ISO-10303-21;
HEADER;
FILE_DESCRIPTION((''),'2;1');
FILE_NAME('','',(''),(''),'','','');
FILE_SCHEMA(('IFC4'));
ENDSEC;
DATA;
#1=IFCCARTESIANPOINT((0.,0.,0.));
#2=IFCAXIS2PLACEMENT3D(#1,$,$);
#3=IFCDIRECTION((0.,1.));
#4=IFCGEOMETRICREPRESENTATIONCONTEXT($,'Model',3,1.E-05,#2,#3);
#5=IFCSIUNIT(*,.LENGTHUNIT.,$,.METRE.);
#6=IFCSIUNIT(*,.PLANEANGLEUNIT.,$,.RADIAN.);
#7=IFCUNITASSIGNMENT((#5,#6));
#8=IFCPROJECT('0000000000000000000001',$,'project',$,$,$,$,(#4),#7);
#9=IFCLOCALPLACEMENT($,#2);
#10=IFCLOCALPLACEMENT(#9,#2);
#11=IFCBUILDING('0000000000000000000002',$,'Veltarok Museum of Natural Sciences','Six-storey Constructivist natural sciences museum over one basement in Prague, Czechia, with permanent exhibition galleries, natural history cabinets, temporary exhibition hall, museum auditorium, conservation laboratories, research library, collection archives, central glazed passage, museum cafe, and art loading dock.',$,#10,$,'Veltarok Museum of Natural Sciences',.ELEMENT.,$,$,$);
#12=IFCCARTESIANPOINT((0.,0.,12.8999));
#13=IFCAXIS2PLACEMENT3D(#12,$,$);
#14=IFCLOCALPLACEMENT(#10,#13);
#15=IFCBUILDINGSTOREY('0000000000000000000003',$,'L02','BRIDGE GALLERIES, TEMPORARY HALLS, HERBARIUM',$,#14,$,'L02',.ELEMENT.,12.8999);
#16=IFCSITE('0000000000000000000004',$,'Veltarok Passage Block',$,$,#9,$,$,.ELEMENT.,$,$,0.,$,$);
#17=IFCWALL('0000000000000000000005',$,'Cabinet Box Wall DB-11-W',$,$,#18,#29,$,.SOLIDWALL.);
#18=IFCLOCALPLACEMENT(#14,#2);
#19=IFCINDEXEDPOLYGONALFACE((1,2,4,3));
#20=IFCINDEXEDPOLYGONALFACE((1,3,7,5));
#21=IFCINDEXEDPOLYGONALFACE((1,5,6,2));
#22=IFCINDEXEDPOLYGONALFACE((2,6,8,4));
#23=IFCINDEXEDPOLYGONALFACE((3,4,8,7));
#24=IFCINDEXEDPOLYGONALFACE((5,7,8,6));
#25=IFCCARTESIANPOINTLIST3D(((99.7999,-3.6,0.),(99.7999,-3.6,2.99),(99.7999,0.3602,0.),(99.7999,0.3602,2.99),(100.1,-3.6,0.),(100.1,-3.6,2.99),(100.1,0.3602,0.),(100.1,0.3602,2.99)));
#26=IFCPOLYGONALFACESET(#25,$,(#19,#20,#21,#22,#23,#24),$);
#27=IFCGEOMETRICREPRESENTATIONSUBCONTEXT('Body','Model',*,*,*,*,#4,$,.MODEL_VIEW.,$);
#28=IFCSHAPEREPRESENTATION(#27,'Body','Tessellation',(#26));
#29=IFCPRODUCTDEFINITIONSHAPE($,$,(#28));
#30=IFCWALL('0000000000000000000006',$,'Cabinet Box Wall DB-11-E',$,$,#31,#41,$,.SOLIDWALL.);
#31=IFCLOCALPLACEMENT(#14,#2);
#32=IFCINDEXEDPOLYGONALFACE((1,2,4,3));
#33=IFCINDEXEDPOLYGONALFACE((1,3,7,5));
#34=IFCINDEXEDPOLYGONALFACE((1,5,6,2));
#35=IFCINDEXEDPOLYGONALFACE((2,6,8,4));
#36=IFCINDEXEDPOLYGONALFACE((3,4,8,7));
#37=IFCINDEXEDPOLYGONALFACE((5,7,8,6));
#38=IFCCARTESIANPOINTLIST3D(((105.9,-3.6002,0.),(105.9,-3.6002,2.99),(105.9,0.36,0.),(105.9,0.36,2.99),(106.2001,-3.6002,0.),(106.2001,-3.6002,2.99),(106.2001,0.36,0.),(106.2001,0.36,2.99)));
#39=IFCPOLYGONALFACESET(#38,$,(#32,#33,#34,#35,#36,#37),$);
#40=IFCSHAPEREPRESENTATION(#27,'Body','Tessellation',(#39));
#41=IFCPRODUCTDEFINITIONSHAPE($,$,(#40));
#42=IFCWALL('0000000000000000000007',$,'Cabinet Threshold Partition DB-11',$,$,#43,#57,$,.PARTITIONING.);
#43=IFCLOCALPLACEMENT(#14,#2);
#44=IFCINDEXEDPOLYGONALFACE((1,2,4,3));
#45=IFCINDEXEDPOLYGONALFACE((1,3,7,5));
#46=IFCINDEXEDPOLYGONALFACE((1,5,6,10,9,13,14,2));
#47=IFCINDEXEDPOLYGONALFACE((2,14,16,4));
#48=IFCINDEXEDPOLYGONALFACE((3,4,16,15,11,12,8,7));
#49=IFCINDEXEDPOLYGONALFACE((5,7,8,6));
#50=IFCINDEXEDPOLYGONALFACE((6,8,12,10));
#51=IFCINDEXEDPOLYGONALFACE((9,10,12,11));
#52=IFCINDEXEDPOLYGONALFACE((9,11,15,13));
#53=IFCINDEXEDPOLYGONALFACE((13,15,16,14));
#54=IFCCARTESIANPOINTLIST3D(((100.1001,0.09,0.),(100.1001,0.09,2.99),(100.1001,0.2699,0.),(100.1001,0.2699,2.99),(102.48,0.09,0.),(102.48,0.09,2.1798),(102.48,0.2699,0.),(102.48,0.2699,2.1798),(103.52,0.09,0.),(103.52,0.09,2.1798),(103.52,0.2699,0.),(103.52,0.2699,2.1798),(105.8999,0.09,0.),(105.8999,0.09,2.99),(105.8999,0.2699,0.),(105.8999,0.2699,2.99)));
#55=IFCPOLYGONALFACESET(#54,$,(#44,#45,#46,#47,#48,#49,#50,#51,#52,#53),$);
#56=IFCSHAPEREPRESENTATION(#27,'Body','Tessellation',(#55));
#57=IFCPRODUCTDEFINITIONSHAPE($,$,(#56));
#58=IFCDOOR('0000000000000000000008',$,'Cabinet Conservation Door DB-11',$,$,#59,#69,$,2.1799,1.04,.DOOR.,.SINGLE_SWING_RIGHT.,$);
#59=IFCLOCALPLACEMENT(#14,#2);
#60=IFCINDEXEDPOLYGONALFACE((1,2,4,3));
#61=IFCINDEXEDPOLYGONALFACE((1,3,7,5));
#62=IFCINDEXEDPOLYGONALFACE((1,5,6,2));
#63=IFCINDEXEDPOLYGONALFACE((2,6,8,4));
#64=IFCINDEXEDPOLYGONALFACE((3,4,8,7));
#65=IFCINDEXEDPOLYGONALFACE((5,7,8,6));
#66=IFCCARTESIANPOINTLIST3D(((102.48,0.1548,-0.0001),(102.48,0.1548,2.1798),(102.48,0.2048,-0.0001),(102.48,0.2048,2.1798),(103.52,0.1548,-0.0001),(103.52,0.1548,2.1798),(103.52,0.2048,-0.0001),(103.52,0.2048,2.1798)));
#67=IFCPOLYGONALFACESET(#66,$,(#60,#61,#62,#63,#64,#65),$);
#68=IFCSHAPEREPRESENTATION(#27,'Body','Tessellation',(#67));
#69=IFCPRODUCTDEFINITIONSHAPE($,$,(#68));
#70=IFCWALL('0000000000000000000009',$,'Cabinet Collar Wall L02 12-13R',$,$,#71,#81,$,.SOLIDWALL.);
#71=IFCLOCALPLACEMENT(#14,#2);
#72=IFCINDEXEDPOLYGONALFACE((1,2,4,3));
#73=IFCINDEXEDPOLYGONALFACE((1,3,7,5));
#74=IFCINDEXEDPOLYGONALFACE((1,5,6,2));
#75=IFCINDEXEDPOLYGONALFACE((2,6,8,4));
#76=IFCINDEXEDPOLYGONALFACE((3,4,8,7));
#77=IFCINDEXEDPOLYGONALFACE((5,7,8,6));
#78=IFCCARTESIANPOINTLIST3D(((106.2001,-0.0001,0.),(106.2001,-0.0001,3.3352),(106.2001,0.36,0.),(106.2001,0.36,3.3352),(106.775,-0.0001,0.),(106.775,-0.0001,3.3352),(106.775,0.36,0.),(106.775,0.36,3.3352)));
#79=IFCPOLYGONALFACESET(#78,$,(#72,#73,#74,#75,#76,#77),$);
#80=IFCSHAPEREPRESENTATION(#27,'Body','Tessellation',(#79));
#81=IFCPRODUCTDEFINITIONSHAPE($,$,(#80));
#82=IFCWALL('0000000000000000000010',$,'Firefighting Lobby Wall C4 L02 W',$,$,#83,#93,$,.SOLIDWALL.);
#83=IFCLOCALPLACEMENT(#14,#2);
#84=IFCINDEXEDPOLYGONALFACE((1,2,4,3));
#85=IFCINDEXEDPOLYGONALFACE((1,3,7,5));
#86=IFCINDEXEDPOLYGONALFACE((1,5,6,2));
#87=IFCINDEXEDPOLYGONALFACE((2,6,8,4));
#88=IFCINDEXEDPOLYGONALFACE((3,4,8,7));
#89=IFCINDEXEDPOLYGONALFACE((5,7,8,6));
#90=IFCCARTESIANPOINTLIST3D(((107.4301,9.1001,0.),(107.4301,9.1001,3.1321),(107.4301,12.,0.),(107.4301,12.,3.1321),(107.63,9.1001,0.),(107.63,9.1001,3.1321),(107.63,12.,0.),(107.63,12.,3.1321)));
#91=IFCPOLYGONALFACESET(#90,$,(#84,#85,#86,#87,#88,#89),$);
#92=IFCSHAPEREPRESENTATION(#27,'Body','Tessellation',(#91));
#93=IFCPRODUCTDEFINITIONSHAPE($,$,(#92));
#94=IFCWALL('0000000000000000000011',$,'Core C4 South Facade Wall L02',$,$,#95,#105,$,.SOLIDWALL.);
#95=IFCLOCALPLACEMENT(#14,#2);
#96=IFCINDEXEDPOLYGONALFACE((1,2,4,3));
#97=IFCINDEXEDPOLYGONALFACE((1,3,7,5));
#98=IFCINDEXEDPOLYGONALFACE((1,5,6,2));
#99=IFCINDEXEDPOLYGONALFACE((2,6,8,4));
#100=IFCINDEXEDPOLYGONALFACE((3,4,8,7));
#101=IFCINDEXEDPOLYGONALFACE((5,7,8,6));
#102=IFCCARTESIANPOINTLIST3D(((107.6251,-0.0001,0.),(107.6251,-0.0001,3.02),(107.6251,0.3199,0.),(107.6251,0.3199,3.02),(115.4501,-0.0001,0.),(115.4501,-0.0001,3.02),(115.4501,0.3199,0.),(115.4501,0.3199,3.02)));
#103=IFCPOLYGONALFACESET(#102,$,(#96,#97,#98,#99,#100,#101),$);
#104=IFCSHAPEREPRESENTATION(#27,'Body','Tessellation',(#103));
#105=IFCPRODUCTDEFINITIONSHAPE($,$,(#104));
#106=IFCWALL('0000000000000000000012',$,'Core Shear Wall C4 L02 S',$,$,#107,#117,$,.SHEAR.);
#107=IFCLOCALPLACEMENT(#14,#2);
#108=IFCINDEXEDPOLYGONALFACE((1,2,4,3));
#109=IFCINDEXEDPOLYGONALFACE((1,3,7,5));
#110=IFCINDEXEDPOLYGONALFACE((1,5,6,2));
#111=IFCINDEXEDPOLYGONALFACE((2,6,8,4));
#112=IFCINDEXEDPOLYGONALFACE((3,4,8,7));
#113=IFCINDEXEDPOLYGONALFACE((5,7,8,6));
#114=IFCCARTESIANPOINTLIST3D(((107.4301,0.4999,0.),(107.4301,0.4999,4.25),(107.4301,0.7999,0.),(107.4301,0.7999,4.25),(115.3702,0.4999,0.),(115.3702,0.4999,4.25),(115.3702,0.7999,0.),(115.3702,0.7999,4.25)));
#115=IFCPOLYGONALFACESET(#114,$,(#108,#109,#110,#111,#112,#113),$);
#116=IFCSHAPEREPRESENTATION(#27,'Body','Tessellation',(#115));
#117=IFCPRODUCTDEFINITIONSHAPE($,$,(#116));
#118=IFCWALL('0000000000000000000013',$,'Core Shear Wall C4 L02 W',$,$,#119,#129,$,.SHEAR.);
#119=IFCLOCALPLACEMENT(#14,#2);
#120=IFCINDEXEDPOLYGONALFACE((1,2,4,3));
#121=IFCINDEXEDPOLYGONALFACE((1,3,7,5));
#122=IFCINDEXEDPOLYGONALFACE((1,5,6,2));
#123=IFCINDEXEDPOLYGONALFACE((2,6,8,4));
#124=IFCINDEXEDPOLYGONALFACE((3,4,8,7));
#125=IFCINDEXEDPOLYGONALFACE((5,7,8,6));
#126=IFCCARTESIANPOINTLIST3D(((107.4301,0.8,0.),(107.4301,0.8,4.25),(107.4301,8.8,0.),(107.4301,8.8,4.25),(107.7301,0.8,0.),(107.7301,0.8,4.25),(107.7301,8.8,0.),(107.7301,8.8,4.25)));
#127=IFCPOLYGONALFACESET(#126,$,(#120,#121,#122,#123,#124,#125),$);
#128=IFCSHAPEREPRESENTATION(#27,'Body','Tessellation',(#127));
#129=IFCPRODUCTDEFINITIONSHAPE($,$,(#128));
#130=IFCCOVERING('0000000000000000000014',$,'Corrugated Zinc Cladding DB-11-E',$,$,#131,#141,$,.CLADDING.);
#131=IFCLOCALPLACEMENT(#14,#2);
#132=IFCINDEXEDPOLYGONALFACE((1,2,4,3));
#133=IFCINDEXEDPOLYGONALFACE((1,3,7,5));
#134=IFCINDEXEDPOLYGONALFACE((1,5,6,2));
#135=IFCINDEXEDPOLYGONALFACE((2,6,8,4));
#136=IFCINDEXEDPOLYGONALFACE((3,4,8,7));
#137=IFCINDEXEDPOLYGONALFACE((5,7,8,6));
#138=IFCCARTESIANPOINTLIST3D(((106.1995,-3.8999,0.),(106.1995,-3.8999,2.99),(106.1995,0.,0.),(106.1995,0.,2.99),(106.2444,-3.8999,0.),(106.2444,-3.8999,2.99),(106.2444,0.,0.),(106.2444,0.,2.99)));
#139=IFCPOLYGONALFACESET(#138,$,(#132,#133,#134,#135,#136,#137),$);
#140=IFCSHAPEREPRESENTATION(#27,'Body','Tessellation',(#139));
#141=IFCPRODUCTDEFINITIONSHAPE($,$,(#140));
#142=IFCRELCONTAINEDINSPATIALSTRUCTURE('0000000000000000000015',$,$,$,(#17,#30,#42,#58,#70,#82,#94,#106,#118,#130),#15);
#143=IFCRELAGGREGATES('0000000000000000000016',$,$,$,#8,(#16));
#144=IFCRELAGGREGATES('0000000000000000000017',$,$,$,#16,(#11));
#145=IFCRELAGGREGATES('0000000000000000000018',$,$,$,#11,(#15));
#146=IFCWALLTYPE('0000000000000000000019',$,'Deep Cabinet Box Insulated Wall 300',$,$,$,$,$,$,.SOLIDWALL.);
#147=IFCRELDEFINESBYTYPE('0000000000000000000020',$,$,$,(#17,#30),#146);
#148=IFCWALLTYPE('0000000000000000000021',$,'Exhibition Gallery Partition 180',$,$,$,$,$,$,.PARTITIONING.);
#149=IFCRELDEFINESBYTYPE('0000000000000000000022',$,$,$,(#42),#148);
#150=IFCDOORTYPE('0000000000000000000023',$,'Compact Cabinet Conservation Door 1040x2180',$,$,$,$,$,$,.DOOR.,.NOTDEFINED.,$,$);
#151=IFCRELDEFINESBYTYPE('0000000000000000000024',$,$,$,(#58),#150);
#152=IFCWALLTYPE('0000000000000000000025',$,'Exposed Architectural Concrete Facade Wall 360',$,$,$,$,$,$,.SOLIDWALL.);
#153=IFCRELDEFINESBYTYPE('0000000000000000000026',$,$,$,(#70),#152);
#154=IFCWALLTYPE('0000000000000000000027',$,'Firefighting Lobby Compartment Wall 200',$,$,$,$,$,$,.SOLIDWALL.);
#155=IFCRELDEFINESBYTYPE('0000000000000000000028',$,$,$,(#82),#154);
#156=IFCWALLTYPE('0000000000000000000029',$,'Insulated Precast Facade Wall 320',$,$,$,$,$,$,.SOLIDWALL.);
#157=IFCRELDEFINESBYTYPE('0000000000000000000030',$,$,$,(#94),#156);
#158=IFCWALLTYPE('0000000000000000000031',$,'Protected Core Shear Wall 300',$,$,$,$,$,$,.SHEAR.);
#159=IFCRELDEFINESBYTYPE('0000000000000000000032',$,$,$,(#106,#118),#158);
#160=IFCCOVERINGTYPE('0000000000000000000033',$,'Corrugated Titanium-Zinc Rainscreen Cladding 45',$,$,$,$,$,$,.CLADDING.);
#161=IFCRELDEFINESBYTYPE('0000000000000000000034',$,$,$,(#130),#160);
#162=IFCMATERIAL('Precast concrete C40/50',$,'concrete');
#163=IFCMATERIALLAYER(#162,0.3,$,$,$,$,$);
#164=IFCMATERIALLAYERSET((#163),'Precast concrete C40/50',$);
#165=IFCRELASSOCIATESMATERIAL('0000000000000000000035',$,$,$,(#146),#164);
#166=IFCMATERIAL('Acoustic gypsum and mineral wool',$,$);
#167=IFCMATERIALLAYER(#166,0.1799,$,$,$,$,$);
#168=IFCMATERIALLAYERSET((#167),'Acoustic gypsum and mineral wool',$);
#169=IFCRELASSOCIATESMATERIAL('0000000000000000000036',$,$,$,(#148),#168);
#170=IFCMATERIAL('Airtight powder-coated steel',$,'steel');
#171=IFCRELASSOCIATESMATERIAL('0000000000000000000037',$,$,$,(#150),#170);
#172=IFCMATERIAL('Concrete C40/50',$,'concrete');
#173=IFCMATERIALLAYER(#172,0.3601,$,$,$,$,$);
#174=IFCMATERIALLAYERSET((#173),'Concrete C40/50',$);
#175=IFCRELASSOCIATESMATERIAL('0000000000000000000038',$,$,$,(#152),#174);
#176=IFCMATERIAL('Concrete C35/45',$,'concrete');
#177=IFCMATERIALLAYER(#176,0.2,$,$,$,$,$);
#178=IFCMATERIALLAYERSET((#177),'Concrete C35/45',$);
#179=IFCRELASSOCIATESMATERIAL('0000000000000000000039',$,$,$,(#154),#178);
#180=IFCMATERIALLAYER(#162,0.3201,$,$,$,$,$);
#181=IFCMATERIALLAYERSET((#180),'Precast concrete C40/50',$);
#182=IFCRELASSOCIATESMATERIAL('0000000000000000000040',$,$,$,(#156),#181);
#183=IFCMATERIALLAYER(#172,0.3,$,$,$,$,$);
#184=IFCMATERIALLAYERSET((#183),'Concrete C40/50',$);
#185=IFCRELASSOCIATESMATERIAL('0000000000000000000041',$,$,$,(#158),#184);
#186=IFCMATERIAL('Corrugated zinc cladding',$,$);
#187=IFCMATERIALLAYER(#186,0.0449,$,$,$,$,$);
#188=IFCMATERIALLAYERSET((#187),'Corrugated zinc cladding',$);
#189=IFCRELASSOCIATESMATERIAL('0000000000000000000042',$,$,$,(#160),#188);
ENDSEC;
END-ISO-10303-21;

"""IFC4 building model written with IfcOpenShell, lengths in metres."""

from ifc_helpers import new_model, si_unit, direction, frame, frame_2d, origin, place, context, subcontext, project, spatial, rectangle, extrude, material, layer, layer_set, type_object, element, fill, save


model = new_model("IFC4")

# Units and contexts
model_context = context("Model", 3, precision=1e-05, world=origin(), true_north=direction((0.0, 1.0)))
body_context = subcontext(model_context, "Body", "Model", "MODEL_VIEW")
ifc_project = project(units=[si_unit("LENGTHUNIT", "METRE"), si_unit("PLANEANGLEUNIT", "RADIAN")], contexts=[model_context])

# Site, building, storey
site_placement = place(None, origin())
site = spatial("IfcSite", under=ifc_project, at=site_placement, Name="Veltarok Passage Block", CompositionType="ELEMENT", RefElevation=0.0)
building_placement = place(site_placement, origin())
building = spatial("IfcBuilding", under=site, at=building_placement, Name="Veltarok Museum of Natural Sciences", Description="Six-storey Constructivist natural sciences museum over one basement in Prague, Czechia, with permanent exhibition galleries, natural history cabinets, temporary exhibition hall, museum auditorium, conservation laboratories, research library, collection archives, central glazed passage, museum cafe, and art loading dock.", LongName="Veltarok Museum of Natural Sciences", CompositionType="ELEMENT")
storey_placement = place(building_placement, frame((0.0, 0.0, 12.8999)))
storey = spatial("IfcBuildingStorey", under=building, at=storey_placement, Name="L02", Description="BRIDGE GALLERIES, TEMPORARY HALLS, HERBARIUM", LongName="L02", CompositionType="ELEMENT", Elevation=12.8999)

# Shared definitions
ifc_material_1 = material(Name="Concrete C40/50", Category="concrete")

# Shared definitions
ifc_material_2 = material(Name="Precast concrete C40/50", Category="concrete")

# Walls
ifc_layer_1 = layer(ifc_material_2, 0.3)
ifc_layer_set_1 = layer_set([ifc_layer_1], Name="Precast concrete C40/50")
wall_type_1 = type_object("IfcWallType", Name="Deep Cabinet Box Insulated Wall 300", PredefinedType="SOLIDWALL", material=ifc_layer_set_1)
for number, where, z_axis, x_axis, name in (
    (1, (99.95, 0.3601, 0.0), (0.0, 0.0, 1.0), (0.0, -1.0, 0.0), "Cabinet Box Wall DB-11-W"),
    (2, (106.05, -3.6001, 0.0), (0.0, 0.0, 1.0), (0.0, 1.0, 0.0), "Cabinet Box Wall DB-11-E"),
):
    element("IfcWall", number, at=place(storey_placement, frame(where, z_axis=z_axis, x_axis=x_axis)), inside=storey, type_object=wall_type_1, Name=name, PredefinedType="SOLIDWALL", context=body_context, shape_type="SweptSolid", body=[
        extrude(rectangle(XDim=3.9602, YDim=0.3, at=frame_2d((1.98, 0.0))), origin(), (0.0, 0.0, 1.0), 2.99),
    ])

# Wall, opening, door
ifc_material_3 = material(Name="Acoustic gypsum and mineral wool")
ifc_layer_2 = layer(ifc_material_3, 0.1799)
ifc_layer_set_2 = layer_set([ifc_layer_2], Name="Acoustic gypsum and mineral wool")
wall_type_2 = type_object("IfcWallType", Name="Exhibition Gallery Partition 180", PredefinedType="PARTITIONING", material=ifc_layer_set_2)
wall_1_placement = place(storey_placement, frame((100.1001, 0.1799, 0.0), z_axis=(0.0, 0.0, 1.0), x_axis=(1.0, 0.0, 0.0)))
wall_1 = element("IfcWall", 3, at=wall_1_placement, inside=storey, type_object=wall_type_2, Name="Cabinet Threshold Partition DB-11", PredefinedType="PARTITIONING", context=body_context, shape_type="SweptSolid", body=[
    extrude(rectangle(XDim=5.7998, YDim=0.1799, at=frame_2d((2.8999, 0.0))), origin(), (0.0, 0.0, 1.0), 2.99),
])
opening_placement = place(wall_1_placement, frame((2.3799, 0.0, 0.0)))
opening = element("IfcOpeningElement", 4, at=opening_placement, cuts=wall_1, PredefinedType="OPENING", context=body_context, shape_type="SweptSolid", body=[
    extrude(rectangle(XDim=1.04, YDim=2.1799, at=frame_2d((0.52, 1.0898))), frame((0.0, 0.1001, 0.0), z_axis=(0.0, -1.0, 0.0), x_axis=(1.0, 0.0, 0.0)), (0.0, 0.0, 1.0), 0.2),
])
ifc_material_4 = material(Name="Airtight powder-coated steel", Category="steel")
door_type = type_object("IfcDoorType", Name="Compact Cabinet Conservation Door 1040x2180", OperationType="NOTDEFINED", PredefinedType="DOOR", material=ifc_material_4)
door_placement = place(opening_placement, origin())
door = element("IfcDoor", 5, at=door_placement, inside=storey, type_object=door_type, Name="Cabinet Conservation Door DB-11", OperationType="SINGLE_SWING_RIGHT", OverallHeight=2.1799, OverallWidth=1.04, PredefinedType="DOOR", context=body_context, shape_type="SweptSolid", body=[
    extrude(rectangle(XDim=1.04, YDim=2.1799, at=frame_2d((0.52, 1.0898))), frame((0.0, 0.0249, 0.0), z_axis=(0.0, -1.0, 0.0), x_axis=(1.0, 0.0, 0.0)), (0.0, 0.0, 1.0), 0.05),
])
fill(opening, door)

# Walls
ifc_layer_3 = layer(ifc_material_1, 0.3601)
ifc_layer_set_3 = layer_set([ifc_layer_3], Name="Concrete C40/50")
wall_type_3 = type_object("IfcWallType", Name="Exposed Architectural Concrete Facade Wall 360", PredefinedType="SOLIDWALL", material=ifc_layer_set_3)
wall_2_placement = place(storey_placement, frame((106.2, 0.1799, 0.0), z_axis=(0.0, 0.0, 1.0), x_axis=(1.0, 0.0, 0.0)))
element("IfcWall", 6, at=wall_2_placement, inside=storey, type_object=wall_type_3, Name="Cabinet Collar Wall L02 12-13R", PredefinedType="SOLIDWALL", context=body_context, shape_type="SweptSolid", body=[
    extrude(rectangle(XDim=0.575, YDim=0.3601, at=frame_2d((0.2876, 0.0))), origin(), (0.0, 0.0, 1.0), 3.3352),
])
ifc_material_5 = material(Name="Concrete C35/45", Category="concrete")
ifc_layer_4 = layer(ifc_material_5, 0.2)
ifc_layer_set_4 = layer_set([ifc_layer_4], Name="Concrete C35/45")
wall_type_4 = type_object("IfcWallType", Name="Firefighting Lobby Compartment Wall 200", PredefinedType="SOLIDWALL", material=ifc_layer_set_4)
wall_3_placement = place(storey_placement, frame((107.53, 9.1001, 0.0), z_axis=(0.0, 0.0, 1.0), x_axis=(0.0, 1.0, 0.0)))
element("IfcWall", 7, at=wall_3_placement, inside=storey, type_object=wall_type_4, Name="Firefighting Lobby Wall C4 L02 W", PredefinedType="SOLIDWALL", context=body_context, shape_type="SweptSolid", body=[
    extrude(rectangle(XDim=2.8999, YDim=0.2, at=frame_2d((1.45, 0.0))), origin(), (0.0, 0.0, 1.0), 3.1321),
])
ifc_layer_5 = layer(ifc_material_2, 0.3201)
ifc_layer_set_5 = layer_set([ifc_layer_5], Name="Precast concrete C40/50")
wall_type_5 = type_object("IfcWallType", Name="Insulated Precast Facade Wall 320", PredefinedType="SOLIDWALL", material=ifc_layer_set_5)
wall_4_placement = place(storey_placement, frame((107.625, 0.1599, 0.0), z_axis=(0.0, 0.0, 1.0), x_axis=(1.0, 0.0, 0.0)))
element("IfcWall", 8, at=wall_4_placement, inside=storey, type_object=wall_type_5, Name="Core C4 South Facade Wall L02", PredefinedType="SOLIDWALL", context=body_context, shape_type="SweptSolid", body=[
    extrude(rectangle(XDim=7.825, YDim=0.3201, at=frame_2d((3.9126, 0.0))), origin(), (0.0, 0.0, 1.0), 3.02),
])
ifc_layer_6 = layer(ifc_material_1, 0.3)
ifc_layer_set_6 = layer_set([ifc_layer_6], Name="Concrete C40/50")
wall_type_6 = type_object("IfcWallType", Name="Protected Core Shear Wall 300", PredefinedType="SHEAR", material=ifc_layer_set_6)
wall_5_placement = place(storey_placement, frame((107.4299, 0.6499, 0.0), z_axis=(0.0, 0.0, 1.0), x_axis=(1.0, 0.0, 0.0)))
element("IfcWall", 9, at=wall_5_placement, inside=storey, type_object=wall_type_6, Name="Core Shear Wall C4 L02 S", PredefinedType="SHEAR", context=body_context, shape_type="SweptSolid", body=[
    extrude(rectangle(XDim=7.9402, YDim=0.3, at=frame_2d((3.9702, 0.0))), origin(), (0.0, 0.0, 1.0), 4.25),
])
wall_6_placement = place(storey_placement, frame((107.5801, 8.8, 0.0), z_axis=(0.0, 0.0, 1.0), x_axis=(0.0, -1.0, 0.0)))
element("IfcWall", 10, at=wall_6_placement, inside=storey, type_object=wall_type_6, Name="Core Shear Wall C4 L02 W", PredefinedType="SHEAR", context=body_context, shape_type="SweptSolid", body=[
    extrude(rectangle(XDim=8.0, YDim=0.3, at=frame_2d((4.0, 0.0))), origin(), (0.0, 0.0, 1.0), 4.25),
])

# Covering
ifc_material_6 = material(Name="Corrugated zinc cladding")
ifc_layer_7 = layer(ifc_material_6, 0.0449)
ifc_layer_set_7 = layer_set([ifc_layer_7], Name="Corrugated zinc cladding")
covering_type = type_object("IfcCoveringType", Name="Corrugated Titanium-Zinc Rainscreen Cladding 45", PredefinedType="CLADDING", material=ifc_layer_set_7)
covering_placement = place(storey_placement, frame((106.2219, -3.8999, 0.0), z_axis=(0.0, 0.0, 1.0), x_axis=(0.0, 1.0, 0.0)))
element("IfcCovering", 11, at=covering_placement, inside=storey, type_object=covering_type, Name="Corrugated Zinc Cladding DB-11-E", PredefinedType="CLADDING", context=body_context, shape_type="SweptSolid", body=[
    extrude(rectangle(XDim=3.8999, YDim=0.0449, at=frame_2d((1.95, 0.0))), origin(), (0.0, 0.0, 1.0), 2.99),
])

save(model, "model.ifc")
